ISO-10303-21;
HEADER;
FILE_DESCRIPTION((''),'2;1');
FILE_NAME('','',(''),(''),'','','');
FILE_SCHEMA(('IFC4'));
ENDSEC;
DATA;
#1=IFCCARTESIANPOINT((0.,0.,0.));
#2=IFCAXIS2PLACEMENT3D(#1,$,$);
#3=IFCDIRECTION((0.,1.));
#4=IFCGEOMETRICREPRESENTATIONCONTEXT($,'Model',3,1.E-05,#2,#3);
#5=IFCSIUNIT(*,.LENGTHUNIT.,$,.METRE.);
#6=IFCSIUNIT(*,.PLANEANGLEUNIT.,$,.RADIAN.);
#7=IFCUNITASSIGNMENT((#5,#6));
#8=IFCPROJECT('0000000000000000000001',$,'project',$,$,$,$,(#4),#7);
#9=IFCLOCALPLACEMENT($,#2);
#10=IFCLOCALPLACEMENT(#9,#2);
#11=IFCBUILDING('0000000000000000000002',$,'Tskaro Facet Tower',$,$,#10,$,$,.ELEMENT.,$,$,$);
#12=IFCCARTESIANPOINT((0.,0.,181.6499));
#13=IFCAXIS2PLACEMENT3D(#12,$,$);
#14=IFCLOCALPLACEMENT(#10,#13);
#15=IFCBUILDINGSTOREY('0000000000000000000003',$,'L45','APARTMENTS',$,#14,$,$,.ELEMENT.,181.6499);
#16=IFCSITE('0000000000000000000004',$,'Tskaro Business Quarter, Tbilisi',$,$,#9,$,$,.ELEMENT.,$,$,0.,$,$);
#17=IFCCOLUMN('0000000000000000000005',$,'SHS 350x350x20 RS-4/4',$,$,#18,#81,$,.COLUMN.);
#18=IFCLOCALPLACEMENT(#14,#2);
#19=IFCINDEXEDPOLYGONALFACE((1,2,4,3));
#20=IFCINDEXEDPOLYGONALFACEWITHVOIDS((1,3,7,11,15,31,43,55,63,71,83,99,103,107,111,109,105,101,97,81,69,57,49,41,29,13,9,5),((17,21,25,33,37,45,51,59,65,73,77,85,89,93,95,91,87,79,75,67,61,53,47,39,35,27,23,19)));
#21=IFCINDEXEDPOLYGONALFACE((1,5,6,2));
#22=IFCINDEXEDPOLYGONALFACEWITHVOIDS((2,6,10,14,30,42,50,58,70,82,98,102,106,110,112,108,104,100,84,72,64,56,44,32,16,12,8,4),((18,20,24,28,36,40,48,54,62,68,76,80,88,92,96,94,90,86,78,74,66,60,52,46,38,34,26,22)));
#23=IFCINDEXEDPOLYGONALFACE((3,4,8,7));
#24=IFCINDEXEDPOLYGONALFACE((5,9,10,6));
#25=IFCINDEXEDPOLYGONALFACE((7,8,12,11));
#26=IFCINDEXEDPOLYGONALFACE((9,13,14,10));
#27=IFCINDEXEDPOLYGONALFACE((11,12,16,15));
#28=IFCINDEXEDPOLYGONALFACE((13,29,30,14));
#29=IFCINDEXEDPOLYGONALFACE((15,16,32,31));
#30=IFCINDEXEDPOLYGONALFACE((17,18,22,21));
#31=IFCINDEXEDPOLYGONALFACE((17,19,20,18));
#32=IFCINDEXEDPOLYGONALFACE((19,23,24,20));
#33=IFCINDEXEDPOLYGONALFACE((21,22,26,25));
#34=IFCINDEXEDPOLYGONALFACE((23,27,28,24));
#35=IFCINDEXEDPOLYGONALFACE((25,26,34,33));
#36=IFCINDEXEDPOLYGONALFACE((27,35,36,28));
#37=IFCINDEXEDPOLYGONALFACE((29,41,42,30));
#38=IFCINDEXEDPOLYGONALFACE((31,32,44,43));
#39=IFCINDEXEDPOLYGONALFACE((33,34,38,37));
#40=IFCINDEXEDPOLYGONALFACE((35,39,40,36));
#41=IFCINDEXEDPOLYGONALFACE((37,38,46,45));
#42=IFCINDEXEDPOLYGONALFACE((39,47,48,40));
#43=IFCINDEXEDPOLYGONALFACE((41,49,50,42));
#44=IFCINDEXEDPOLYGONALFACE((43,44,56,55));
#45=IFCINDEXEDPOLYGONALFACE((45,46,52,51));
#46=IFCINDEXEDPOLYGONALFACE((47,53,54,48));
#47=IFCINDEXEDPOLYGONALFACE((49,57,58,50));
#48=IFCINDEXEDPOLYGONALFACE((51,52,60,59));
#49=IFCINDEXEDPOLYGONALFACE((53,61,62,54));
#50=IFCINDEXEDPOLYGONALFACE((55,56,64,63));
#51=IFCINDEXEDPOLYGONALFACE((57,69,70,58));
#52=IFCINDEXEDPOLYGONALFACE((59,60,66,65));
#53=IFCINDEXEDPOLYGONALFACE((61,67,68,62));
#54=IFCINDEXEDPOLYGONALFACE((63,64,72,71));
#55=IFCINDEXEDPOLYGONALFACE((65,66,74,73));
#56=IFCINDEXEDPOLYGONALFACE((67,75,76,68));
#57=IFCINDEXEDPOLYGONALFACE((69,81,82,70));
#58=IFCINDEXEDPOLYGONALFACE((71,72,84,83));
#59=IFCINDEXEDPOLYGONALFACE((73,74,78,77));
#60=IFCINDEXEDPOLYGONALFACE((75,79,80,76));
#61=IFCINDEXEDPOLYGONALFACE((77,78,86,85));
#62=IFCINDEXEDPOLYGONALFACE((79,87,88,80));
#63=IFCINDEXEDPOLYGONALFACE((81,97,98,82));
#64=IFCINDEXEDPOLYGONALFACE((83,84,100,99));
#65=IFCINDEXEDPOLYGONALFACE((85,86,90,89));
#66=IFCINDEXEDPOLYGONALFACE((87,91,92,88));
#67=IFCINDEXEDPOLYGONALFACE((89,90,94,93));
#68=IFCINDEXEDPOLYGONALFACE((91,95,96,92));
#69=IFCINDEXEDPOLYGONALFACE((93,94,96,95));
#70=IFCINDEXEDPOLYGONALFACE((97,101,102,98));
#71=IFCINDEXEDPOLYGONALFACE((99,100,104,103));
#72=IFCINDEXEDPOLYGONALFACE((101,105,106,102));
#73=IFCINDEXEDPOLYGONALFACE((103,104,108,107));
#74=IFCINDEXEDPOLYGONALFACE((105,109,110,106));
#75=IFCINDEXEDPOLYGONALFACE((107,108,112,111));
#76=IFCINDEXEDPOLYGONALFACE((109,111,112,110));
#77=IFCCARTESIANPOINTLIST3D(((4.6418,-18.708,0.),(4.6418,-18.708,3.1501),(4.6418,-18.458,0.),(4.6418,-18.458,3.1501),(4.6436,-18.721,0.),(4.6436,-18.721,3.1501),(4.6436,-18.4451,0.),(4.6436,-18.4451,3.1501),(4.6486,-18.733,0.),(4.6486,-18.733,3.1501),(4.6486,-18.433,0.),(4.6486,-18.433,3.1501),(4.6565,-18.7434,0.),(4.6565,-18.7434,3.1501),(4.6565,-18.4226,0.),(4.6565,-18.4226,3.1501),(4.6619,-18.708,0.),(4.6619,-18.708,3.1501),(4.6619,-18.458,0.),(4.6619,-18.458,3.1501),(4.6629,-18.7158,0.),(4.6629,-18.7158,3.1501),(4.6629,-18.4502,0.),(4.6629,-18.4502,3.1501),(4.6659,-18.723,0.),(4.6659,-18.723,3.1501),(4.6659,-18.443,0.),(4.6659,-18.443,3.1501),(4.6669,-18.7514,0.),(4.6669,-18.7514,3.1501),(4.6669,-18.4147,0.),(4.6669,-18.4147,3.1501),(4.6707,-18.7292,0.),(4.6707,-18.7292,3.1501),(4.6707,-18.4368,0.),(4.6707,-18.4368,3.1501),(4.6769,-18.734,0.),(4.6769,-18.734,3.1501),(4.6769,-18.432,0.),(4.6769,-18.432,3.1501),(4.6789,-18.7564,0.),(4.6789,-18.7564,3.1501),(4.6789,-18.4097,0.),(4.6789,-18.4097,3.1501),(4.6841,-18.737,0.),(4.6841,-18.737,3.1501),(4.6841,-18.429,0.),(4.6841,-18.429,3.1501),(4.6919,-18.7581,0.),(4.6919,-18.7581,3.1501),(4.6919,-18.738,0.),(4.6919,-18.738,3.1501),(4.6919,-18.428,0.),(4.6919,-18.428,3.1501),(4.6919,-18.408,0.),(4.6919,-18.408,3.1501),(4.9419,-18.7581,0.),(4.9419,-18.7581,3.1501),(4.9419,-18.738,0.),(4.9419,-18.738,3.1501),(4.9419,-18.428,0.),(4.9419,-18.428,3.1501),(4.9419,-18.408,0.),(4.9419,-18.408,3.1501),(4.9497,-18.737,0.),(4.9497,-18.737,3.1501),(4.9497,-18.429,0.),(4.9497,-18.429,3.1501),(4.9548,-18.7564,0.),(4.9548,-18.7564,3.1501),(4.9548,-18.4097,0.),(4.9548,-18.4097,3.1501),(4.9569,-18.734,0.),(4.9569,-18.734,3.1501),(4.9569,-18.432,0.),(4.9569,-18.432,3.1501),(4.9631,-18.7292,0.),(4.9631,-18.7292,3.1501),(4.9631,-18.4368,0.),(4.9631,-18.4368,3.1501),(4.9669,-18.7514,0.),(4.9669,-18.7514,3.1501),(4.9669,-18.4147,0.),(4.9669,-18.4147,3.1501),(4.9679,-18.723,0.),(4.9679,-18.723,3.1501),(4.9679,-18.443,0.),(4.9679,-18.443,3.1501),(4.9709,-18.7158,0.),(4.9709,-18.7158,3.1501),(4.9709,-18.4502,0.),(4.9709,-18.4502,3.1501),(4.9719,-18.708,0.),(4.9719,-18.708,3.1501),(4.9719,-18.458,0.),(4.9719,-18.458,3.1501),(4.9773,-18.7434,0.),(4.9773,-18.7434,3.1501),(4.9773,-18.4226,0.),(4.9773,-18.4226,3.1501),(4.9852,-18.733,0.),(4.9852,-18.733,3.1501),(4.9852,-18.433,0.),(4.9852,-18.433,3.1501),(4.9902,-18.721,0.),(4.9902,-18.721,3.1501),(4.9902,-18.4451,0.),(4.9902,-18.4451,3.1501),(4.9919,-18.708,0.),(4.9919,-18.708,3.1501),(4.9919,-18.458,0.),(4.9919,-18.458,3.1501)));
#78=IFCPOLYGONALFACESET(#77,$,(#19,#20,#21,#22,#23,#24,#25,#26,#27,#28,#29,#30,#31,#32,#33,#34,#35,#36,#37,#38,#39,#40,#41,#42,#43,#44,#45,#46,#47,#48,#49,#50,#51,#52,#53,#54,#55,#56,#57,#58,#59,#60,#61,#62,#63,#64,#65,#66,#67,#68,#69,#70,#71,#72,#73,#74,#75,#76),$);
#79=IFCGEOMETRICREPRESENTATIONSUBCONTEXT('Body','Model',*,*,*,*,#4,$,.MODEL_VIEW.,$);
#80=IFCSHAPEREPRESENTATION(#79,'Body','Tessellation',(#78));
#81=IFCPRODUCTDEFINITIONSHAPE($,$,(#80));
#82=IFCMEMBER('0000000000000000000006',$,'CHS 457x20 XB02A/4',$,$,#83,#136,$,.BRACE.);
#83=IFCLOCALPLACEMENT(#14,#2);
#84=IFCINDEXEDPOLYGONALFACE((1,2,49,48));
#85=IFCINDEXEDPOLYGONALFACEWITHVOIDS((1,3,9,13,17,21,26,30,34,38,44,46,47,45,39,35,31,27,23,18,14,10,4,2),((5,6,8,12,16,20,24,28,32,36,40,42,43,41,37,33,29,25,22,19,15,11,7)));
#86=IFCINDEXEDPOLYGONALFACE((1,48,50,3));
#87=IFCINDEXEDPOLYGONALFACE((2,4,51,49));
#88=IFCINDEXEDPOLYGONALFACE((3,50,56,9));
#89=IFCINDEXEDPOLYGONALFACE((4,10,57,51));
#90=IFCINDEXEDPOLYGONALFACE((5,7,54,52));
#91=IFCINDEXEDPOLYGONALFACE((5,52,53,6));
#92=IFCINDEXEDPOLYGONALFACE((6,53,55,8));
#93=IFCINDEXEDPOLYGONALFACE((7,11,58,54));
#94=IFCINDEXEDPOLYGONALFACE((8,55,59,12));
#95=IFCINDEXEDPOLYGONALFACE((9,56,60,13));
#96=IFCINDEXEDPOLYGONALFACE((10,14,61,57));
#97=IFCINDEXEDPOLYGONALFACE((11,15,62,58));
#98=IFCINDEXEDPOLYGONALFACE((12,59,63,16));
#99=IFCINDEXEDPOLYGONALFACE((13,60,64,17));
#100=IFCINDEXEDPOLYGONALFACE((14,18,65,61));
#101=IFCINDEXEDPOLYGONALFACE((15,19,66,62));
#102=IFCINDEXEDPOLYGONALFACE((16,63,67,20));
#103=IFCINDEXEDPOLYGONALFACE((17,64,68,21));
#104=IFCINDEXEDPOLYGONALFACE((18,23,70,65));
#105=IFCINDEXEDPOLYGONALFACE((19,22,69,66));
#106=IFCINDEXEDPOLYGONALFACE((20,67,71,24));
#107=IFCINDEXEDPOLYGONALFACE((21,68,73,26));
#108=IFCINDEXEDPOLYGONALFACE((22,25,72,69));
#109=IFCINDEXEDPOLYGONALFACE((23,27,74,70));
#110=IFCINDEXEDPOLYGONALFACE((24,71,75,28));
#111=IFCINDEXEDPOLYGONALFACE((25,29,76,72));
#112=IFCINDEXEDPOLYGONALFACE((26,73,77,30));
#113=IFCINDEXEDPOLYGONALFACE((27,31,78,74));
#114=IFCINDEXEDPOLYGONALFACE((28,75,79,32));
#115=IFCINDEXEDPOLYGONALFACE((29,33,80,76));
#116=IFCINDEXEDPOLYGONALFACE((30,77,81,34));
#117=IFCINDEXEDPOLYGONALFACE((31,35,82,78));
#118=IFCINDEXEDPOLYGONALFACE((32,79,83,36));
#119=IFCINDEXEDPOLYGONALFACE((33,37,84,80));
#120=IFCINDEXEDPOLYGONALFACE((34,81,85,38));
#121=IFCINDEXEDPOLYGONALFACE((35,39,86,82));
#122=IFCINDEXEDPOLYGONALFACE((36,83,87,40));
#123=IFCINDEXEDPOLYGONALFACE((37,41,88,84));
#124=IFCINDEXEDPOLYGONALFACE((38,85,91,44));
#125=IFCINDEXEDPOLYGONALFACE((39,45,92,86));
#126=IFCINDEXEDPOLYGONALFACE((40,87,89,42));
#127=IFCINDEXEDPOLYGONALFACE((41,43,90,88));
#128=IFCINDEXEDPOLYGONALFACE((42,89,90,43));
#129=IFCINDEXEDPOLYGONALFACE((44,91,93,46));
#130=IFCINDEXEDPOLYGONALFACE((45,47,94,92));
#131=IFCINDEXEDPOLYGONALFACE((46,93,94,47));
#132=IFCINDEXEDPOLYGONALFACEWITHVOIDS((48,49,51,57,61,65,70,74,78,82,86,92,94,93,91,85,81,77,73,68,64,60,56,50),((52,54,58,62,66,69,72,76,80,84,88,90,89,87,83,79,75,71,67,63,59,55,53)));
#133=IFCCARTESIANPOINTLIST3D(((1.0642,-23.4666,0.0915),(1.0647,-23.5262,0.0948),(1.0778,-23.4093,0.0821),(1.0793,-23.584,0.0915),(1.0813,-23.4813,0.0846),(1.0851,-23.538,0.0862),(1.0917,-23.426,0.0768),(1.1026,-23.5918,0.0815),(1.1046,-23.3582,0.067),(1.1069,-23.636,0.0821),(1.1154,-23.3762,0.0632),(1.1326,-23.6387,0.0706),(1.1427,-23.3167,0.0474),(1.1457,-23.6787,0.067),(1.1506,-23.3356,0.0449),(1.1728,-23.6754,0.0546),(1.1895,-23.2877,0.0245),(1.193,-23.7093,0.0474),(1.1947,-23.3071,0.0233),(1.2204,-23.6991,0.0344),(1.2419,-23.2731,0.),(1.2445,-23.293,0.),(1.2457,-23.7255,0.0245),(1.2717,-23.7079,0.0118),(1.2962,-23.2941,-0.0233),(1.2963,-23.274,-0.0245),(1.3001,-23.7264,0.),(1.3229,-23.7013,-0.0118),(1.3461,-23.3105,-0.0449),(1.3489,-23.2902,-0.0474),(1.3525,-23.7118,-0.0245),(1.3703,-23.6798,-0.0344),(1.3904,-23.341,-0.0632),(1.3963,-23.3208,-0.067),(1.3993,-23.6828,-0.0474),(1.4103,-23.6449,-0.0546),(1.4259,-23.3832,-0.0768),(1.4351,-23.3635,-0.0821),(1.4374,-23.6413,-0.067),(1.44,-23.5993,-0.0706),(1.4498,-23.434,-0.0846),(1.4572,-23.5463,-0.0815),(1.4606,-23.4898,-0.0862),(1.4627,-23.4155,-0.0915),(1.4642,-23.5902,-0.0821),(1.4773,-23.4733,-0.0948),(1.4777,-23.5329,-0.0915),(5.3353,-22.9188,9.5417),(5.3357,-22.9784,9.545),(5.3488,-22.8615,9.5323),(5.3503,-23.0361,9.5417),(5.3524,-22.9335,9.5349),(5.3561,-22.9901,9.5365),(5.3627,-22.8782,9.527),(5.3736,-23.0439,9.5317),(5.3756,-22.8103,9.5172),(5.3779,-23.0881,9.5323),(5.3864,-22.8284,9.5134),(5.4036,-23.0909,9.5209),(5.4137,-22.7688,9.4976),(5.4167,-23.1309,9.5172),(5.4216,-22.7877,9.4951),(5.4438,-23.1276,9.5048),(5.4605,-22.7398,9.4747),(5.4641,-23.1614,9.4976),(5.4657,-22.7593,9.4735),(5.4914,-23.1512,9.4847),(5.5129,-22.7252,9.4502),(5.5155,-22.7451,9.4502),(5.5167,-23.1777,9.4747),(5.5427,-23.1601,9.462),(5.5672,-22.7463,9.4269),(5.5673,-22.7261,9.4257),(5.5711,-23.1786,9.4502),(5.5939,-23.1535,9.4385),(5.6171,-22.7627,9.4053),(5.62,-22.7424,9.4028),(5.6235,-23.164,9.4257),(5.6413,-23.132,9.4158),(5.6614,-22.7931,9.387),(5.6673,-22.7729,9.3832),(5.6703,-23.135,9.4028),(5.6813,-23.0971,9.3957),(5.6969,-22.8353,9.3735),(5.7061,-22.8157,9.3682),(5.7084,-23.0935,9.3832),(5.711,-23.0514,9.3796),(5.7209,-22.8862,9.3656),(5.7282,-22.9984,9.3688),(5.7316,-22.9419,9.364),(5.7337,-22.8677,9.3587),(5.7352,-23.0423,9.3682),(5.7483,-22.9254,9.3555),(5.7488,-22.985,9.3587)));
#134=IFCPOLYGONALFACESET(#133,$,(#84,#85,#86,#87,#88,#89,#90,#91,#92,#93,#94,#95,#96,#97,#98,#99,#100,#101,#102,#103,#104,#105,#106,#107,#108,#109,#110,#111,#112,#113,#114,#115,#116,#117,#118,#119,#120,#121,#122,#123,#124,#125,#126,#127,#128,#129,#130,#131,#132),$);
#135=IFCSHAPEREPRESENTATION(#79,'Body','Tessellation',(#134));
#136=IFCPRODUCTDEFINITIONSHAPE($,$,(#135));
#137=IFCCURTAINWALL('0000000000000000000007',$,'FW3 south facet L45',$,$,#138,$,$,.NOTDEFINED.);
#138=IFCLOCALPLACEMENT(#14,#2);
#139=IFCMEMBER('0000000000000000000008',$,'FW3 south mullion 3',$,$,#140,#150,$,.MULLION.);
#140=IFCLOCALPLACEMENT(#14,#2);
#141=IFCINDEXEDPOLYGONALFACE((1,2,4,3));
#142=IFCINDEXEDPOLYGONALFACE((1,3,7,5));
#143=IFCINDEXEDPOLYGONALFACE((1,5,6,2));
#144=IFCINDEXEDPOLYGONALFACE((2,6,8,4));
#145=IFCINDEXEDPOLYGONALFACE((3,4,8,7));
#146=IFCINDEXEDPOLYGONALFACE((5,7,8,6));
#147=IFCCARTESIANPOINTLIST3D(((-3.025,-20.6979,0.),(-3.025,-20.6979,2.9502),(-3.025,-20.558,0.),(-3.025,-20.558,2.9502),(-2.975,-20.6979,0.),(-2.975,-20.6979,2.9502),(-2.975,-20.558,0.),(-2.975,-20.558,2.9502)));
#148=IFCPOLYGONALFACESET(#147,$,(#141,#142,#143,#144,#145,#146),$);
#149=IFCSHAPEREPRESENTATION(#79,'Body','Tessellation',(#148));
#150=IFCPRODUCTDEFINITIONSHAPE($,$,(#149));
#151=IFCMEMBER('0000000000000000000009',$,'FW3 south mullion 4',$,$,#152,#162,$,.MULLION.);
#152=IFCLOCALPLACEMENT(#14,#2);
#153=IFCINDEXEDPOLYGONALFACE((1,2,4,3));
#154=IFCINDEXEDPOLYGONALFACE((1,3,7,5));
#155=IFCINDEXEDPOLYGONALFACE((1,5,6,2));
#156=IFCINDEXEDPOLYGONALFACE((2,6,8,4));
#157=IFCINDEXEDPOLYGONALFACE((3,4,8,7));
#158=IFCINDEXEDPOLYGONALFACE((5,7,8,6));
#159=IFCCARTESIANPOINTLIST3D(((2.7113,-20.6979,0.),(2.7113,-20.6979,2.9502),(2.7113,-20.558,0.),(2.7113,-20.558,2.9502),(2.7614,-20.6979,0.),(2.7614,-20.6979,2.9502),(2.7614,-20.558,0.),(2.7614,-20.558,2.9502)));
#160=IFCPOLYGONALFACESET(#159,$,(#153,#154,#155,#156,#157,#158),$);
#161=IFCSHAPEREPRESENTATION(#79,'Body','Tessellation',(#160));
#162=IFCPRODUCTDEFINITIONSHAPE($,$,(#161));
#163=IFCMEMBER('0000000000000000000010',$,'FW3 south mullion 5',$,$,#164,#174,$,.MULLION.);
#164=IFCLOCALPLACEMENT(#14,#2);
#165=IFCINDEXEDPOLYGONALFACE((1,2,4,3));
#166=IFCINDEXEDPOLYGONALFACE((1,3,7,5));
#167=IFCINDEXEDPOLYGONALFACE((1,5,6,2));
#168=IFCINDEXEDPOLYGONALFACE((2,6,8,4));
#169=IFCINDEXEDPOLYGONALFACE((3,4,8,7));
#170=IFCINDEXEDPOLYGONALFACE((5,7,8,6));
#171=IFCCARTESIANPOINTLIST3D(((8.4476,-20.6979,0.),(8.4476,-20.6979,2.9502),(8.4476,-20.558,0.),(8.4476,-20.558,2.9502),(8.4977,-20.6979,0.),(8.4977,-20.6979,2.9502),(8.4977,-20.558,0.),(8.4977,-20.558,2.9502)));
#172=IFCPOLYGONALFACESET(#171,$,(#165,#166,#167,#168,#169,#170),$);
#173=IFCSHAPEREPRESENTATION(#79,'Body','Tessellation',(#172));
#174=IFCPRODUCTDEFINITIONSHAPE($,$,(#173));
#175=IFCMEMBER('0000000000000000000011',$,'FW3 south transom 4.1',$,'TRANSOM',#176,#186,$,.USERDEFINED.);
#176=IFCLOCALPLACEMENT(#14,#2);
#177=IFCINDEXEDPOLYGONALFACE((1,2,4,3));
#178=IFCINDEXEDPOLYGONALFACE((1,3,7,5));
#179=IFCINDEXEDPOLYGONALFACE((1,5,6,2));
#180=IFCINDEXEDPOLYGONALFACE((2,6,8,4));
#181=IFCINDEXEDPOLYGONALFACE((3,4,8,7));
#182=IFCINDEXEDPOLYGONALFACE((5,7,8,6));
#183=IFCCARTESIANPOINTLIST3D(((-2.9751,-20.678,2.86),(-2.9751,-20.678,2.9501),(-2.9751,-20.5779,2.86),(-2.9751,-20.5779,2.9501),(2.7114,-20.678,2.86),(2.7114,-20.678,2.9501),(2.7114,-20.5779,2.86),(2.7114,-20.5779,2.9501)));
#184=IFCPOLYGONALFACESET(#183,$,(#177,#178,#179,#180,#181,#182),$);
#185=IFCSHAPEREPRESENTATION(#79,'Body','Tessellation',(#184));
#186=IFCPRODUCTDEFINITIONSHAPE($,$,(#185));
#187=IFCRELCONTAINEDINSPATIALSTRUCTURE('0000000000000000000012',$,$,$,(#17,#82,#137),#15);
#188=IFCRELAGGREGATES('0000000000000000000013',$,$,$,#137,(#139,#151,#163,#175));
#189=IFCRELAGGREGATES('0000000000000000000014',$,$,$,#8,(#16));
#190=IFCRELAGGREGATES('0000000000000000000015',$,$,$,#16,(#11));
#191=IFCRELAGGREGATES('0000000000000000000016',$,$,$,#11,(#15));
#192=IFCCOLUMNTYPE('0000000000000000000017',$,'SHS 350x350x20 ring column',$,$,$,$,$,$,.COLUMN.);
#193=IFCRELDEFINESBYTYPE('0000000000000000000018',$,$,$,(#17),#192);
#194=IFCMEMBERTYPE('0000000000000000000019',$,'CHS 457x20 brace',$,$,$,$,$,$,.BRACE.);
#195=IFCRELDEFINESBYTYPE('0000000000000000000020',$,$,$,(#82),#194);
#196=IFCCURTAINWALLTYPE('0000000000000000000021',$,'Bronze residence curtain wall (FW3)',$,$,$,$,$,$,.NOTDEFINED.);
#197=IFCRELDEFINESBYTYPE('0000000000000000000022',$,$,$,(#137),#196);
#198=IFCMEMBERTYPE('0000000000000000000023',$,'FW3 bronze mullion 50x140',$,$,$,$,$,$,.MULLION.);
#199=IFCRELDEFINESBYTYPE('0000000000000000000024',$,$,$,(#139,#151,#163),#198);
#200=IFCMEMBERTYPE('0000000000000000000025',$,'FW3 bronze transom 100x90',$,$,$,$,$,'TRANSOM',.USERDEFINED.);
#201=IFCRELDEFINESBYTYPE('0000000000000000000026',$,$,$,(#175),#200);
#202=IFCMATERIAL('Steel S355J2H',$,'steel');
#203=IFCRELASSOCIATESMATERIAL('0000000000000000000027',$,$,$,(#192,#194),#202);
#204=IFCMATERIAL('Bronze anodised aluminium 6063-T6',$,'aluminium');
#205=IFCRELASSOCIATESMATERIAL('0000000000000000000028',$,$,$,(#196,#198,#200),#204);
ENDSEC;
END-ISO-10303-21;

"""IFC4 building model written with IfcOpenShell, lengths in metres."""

from ifc_helpers import new_model, si_unit, direction, frame, origin, origin_2d, place, context, subcontext, project, spatial, rectangle, hollow_rectangle, hollow_circle, extrude, material, material_profile, profile_set, type_object, element, aggregate, save


model = new_model("IFC4")

# Units and contexts
model_context = context("Model", 3, precision=1e-05, world=origin(), true_north=direction((0.0, 1.0)))
body_context = subcontext(model_context, "Body", "Model", "MODEL_VIEW")
ifc_project = project(units=[si_unit("LENGTHUNIT", "METRE"), si_unit("PLANEANGLEUNIT", "RADIAN")], contexts=[model_context])

# Site, building, storey
site_placement = place(None, origin())
site = spatial("IfcSite", under=ifc_project, at=site_placement, Name="Tskaro Business Quarter, Tbilisi", CompositionType="ELEMENT", RefElevation=0.0)
building_placement = place(site_placement, origin())
building = spatial("IfcBuilding", under=site, at=building_placement, Name="Tskaro Facet Tower", CompositionType="ELEMENT")
storey_placement = place(building_placement, frame((0.0, 0.0, 181.6499)))
storey = spatial("IfcBuildingStorey", under=building, at=storey_placement, Name="L45", Description="APARTMENTS", CompositionType="ELEMENT", Elevation=181.6499)

# Column
ifc_material_1 = material(Name="Steel S355J2H", Category="steel")
ifc_material_profile_1 = material_profile(ifc_material_1, hollow_rectangle(XDim=0.3501, YDim=0.3501, WallThickness=0.02, InnerFilletRadius=0.03, OuterFilletRadius=0.05, at=origin_2d()), Name="SHS 350x350x20")
ifc_profile_set_1 = profile_set([ifc_material_profile_1], Name="Steel S355J2H")
column_type = type_object("IfcColumnType", Name="SHS 350x350x20 ring column", PredefinedType="COLUMN", material=ifc_profile_set_1)
column_placement = place(storey_placement, frame((4.8169, -18.583, 0.0), z_axis=(0.0, 0.0, 1.0), x_axis=(1.0, 0.0, 0.0)))
element("IfcColumn", 1, at=column_placement, inside=storey, type_object=column_type, Name="SHS 350x350x20 RS-4/4", PredefinedType="COLUMN", context=body_context, shape_type="SweptSolid", body=[
    extrude(hollow_rectangle(XDim=0.3501, YDim=0.3501, WallThickness=0.02, InnerFilletRadius=0.03, OuterFilletRadius=0.05, at=origin_2d()), origin(), (0.0, 0.0, 1.0), 3.1501),
])

# Member
ifc_material_profile_2 = material_profile(ifc_material_1, hollow_circle(Radius=0.2285, WallThickness=0.02, at=origin_2d()), Name="CHS 457x20")
ifc_profile_set_2 = profile_set([ifc_material_profile_2], Name="Steel S355J2H")
member_type_1 = type_object("IfcMemberType", Name="CHS 457x20 brace", PredefinedType="BRACE", material=ifc_profile_set_2)
member_1_placement = place(storey_placement, frame((1.271, -23.4998, 0.0), z_axis=(0.411267, 0.052754, 0.909987), x_axis=(-0.12723, 0.991873, 0.0)))
element("IfcMember", 2, at=member_1_placement, inside=storey, type_object=member_type_1, Name="CHS 457x20 XB02A/4", PredefinedType="BRACE", context=body_context, shape_type="SweptSolid", body=[
    extrude(hollow_circle(Radius=0.2285, WallThickness=0.02, at=origin_2d()), origin(), (0.0, 0.0, 1.0), 10.385),
])

# Curtain wall, members
ifc_material_2 = material(Name="Bronze anodised aluminium 6063-T6", Category="aluminium")
curtain_wall_type = type_object("IfcCurtainWallType", Name="Bronze residence curtain wall (FW3)", PredefinedType="NOTDEFINED", material=ifc_material_2)
curtain_wall_placement = place(storey_placement, origin())
curtain_wall = element("IfcCurtainWall", 3, at=curtain_wall_placement, inside=storey, type_object=curtain_wall_type, Name="FW3 south facet L45", PredefinedType="NOTDEFINED")
ifc_material_profile_3 = material_profile(ifc_material_2, rectangle(XDim=0.05, YDim=0.1399, at=origin_2d()), Name="Mullion 50x140")
ifc_profile_set_3 = profile_set([ifc_material_profile_3], Name="Bronze anodised aluminium 6063-T6")
member_type_2 = type_object("IfcMemberType", Name="FW3 bronze mullion 50x140", PredefinedType="MULLION", material=ifc_profile_set_3)
member_2_placement = place(storey_placement, frame((-3.0, -20.6279, 0.0), z_axis=(0.0, 0.0, 1.0), x_axis=(1.0, 0.0, 0.0)))
member_2 = element("IfcMember", 4, at=member_2_placement, type_object=member_type_2, Name="FW3 south mullion 3", PredefinedType="MULLION", context=body_context, shape_type="SweptSolid", body=[
    extrude(rectangle(XDim=0.05, YDim=0.1399, at=origin_2d()), origin(), (0.0, 0.0, 1.0), 2.9502),
])
member_3_placement = place(storey_placement, frame((2.7363, -20.6279, 0.0), z_axis=(0.0, 0.0, 1.0), x_axis=(1.0, 0.0, 0.0)))
member_3 = element("IfcMember", 5, at=member_3_placement, type_object=member_type_2, Name="FW3 south mullion 4", PredefinedType="MULLION", context=body_context, shape_type="SweptSolid", body=[
    extrude(rectangle(XDim=0.05, YDim=0.1399, at=origin_2d()), origin(), (0.0, 0.0, 1.0), 2.9502),
])
member_4_placement = place(storey_placement, frame((8.4727, -20.6279, 0.0), z_axis=(0.0, 0.0, 1.0), x_axis=(1.0, 0.0, 0.0)))
member_4 = element("IfcMember", 6, at=member_4_placement, type_object=member_type_2, Name="FW3 south mullion 5", PredefinedType="MULLION", context=body_context, shape_type="SweptSolid", body=[
    extrude(rectangle(XDim=0.05, YDim=0.1399, at=origin_2d()), origin(), (0.0, 0.0, 1.0), 2.9502),
])
ifc_material_profile_4 = material_profile(ifc_material_2, rectangle(XDim=0.1001, YDim=0.0901, at=origin_2d()), Name="Transom 100x90")
ifc_profile_set_4 = profile_set([ifc_material_profile_4], Name="Bronze anodised aluminium 6063-T6")
member_type_3 = type_object("IfcMemberType", Name="FW3 bronze transom 100x90", ElementType="TRANSOM", PredefinedType="USERDEFINED", material=ifc_profile_set_4)
member_5_placement = place(storey_placement, frame((-2.9751, -20.6279, 2.905), z_axis=(1.0, 0.0, 0.0), x_axis=(0.0, 1.0, 0.0)))
member_5 = element("IfcMember", 7, at=member_5_placement, type_object=member_type_3, Name="FW3 south transom 4.1", ObjectType="TRANSOM", PredefinedType="USERDEFINED", context=body_context, shape_type="SweptSolid", body=[
    extrude(rectangle(XDim=0.1001, YDim=0.0901, at=origin_2d()), origin(), (0.0, 0.0, 1.0), 5.6865),
])

aggregate(curtain_wall, [member_2, member_3, member_4, member_5])

save(model, "model.ifc")
